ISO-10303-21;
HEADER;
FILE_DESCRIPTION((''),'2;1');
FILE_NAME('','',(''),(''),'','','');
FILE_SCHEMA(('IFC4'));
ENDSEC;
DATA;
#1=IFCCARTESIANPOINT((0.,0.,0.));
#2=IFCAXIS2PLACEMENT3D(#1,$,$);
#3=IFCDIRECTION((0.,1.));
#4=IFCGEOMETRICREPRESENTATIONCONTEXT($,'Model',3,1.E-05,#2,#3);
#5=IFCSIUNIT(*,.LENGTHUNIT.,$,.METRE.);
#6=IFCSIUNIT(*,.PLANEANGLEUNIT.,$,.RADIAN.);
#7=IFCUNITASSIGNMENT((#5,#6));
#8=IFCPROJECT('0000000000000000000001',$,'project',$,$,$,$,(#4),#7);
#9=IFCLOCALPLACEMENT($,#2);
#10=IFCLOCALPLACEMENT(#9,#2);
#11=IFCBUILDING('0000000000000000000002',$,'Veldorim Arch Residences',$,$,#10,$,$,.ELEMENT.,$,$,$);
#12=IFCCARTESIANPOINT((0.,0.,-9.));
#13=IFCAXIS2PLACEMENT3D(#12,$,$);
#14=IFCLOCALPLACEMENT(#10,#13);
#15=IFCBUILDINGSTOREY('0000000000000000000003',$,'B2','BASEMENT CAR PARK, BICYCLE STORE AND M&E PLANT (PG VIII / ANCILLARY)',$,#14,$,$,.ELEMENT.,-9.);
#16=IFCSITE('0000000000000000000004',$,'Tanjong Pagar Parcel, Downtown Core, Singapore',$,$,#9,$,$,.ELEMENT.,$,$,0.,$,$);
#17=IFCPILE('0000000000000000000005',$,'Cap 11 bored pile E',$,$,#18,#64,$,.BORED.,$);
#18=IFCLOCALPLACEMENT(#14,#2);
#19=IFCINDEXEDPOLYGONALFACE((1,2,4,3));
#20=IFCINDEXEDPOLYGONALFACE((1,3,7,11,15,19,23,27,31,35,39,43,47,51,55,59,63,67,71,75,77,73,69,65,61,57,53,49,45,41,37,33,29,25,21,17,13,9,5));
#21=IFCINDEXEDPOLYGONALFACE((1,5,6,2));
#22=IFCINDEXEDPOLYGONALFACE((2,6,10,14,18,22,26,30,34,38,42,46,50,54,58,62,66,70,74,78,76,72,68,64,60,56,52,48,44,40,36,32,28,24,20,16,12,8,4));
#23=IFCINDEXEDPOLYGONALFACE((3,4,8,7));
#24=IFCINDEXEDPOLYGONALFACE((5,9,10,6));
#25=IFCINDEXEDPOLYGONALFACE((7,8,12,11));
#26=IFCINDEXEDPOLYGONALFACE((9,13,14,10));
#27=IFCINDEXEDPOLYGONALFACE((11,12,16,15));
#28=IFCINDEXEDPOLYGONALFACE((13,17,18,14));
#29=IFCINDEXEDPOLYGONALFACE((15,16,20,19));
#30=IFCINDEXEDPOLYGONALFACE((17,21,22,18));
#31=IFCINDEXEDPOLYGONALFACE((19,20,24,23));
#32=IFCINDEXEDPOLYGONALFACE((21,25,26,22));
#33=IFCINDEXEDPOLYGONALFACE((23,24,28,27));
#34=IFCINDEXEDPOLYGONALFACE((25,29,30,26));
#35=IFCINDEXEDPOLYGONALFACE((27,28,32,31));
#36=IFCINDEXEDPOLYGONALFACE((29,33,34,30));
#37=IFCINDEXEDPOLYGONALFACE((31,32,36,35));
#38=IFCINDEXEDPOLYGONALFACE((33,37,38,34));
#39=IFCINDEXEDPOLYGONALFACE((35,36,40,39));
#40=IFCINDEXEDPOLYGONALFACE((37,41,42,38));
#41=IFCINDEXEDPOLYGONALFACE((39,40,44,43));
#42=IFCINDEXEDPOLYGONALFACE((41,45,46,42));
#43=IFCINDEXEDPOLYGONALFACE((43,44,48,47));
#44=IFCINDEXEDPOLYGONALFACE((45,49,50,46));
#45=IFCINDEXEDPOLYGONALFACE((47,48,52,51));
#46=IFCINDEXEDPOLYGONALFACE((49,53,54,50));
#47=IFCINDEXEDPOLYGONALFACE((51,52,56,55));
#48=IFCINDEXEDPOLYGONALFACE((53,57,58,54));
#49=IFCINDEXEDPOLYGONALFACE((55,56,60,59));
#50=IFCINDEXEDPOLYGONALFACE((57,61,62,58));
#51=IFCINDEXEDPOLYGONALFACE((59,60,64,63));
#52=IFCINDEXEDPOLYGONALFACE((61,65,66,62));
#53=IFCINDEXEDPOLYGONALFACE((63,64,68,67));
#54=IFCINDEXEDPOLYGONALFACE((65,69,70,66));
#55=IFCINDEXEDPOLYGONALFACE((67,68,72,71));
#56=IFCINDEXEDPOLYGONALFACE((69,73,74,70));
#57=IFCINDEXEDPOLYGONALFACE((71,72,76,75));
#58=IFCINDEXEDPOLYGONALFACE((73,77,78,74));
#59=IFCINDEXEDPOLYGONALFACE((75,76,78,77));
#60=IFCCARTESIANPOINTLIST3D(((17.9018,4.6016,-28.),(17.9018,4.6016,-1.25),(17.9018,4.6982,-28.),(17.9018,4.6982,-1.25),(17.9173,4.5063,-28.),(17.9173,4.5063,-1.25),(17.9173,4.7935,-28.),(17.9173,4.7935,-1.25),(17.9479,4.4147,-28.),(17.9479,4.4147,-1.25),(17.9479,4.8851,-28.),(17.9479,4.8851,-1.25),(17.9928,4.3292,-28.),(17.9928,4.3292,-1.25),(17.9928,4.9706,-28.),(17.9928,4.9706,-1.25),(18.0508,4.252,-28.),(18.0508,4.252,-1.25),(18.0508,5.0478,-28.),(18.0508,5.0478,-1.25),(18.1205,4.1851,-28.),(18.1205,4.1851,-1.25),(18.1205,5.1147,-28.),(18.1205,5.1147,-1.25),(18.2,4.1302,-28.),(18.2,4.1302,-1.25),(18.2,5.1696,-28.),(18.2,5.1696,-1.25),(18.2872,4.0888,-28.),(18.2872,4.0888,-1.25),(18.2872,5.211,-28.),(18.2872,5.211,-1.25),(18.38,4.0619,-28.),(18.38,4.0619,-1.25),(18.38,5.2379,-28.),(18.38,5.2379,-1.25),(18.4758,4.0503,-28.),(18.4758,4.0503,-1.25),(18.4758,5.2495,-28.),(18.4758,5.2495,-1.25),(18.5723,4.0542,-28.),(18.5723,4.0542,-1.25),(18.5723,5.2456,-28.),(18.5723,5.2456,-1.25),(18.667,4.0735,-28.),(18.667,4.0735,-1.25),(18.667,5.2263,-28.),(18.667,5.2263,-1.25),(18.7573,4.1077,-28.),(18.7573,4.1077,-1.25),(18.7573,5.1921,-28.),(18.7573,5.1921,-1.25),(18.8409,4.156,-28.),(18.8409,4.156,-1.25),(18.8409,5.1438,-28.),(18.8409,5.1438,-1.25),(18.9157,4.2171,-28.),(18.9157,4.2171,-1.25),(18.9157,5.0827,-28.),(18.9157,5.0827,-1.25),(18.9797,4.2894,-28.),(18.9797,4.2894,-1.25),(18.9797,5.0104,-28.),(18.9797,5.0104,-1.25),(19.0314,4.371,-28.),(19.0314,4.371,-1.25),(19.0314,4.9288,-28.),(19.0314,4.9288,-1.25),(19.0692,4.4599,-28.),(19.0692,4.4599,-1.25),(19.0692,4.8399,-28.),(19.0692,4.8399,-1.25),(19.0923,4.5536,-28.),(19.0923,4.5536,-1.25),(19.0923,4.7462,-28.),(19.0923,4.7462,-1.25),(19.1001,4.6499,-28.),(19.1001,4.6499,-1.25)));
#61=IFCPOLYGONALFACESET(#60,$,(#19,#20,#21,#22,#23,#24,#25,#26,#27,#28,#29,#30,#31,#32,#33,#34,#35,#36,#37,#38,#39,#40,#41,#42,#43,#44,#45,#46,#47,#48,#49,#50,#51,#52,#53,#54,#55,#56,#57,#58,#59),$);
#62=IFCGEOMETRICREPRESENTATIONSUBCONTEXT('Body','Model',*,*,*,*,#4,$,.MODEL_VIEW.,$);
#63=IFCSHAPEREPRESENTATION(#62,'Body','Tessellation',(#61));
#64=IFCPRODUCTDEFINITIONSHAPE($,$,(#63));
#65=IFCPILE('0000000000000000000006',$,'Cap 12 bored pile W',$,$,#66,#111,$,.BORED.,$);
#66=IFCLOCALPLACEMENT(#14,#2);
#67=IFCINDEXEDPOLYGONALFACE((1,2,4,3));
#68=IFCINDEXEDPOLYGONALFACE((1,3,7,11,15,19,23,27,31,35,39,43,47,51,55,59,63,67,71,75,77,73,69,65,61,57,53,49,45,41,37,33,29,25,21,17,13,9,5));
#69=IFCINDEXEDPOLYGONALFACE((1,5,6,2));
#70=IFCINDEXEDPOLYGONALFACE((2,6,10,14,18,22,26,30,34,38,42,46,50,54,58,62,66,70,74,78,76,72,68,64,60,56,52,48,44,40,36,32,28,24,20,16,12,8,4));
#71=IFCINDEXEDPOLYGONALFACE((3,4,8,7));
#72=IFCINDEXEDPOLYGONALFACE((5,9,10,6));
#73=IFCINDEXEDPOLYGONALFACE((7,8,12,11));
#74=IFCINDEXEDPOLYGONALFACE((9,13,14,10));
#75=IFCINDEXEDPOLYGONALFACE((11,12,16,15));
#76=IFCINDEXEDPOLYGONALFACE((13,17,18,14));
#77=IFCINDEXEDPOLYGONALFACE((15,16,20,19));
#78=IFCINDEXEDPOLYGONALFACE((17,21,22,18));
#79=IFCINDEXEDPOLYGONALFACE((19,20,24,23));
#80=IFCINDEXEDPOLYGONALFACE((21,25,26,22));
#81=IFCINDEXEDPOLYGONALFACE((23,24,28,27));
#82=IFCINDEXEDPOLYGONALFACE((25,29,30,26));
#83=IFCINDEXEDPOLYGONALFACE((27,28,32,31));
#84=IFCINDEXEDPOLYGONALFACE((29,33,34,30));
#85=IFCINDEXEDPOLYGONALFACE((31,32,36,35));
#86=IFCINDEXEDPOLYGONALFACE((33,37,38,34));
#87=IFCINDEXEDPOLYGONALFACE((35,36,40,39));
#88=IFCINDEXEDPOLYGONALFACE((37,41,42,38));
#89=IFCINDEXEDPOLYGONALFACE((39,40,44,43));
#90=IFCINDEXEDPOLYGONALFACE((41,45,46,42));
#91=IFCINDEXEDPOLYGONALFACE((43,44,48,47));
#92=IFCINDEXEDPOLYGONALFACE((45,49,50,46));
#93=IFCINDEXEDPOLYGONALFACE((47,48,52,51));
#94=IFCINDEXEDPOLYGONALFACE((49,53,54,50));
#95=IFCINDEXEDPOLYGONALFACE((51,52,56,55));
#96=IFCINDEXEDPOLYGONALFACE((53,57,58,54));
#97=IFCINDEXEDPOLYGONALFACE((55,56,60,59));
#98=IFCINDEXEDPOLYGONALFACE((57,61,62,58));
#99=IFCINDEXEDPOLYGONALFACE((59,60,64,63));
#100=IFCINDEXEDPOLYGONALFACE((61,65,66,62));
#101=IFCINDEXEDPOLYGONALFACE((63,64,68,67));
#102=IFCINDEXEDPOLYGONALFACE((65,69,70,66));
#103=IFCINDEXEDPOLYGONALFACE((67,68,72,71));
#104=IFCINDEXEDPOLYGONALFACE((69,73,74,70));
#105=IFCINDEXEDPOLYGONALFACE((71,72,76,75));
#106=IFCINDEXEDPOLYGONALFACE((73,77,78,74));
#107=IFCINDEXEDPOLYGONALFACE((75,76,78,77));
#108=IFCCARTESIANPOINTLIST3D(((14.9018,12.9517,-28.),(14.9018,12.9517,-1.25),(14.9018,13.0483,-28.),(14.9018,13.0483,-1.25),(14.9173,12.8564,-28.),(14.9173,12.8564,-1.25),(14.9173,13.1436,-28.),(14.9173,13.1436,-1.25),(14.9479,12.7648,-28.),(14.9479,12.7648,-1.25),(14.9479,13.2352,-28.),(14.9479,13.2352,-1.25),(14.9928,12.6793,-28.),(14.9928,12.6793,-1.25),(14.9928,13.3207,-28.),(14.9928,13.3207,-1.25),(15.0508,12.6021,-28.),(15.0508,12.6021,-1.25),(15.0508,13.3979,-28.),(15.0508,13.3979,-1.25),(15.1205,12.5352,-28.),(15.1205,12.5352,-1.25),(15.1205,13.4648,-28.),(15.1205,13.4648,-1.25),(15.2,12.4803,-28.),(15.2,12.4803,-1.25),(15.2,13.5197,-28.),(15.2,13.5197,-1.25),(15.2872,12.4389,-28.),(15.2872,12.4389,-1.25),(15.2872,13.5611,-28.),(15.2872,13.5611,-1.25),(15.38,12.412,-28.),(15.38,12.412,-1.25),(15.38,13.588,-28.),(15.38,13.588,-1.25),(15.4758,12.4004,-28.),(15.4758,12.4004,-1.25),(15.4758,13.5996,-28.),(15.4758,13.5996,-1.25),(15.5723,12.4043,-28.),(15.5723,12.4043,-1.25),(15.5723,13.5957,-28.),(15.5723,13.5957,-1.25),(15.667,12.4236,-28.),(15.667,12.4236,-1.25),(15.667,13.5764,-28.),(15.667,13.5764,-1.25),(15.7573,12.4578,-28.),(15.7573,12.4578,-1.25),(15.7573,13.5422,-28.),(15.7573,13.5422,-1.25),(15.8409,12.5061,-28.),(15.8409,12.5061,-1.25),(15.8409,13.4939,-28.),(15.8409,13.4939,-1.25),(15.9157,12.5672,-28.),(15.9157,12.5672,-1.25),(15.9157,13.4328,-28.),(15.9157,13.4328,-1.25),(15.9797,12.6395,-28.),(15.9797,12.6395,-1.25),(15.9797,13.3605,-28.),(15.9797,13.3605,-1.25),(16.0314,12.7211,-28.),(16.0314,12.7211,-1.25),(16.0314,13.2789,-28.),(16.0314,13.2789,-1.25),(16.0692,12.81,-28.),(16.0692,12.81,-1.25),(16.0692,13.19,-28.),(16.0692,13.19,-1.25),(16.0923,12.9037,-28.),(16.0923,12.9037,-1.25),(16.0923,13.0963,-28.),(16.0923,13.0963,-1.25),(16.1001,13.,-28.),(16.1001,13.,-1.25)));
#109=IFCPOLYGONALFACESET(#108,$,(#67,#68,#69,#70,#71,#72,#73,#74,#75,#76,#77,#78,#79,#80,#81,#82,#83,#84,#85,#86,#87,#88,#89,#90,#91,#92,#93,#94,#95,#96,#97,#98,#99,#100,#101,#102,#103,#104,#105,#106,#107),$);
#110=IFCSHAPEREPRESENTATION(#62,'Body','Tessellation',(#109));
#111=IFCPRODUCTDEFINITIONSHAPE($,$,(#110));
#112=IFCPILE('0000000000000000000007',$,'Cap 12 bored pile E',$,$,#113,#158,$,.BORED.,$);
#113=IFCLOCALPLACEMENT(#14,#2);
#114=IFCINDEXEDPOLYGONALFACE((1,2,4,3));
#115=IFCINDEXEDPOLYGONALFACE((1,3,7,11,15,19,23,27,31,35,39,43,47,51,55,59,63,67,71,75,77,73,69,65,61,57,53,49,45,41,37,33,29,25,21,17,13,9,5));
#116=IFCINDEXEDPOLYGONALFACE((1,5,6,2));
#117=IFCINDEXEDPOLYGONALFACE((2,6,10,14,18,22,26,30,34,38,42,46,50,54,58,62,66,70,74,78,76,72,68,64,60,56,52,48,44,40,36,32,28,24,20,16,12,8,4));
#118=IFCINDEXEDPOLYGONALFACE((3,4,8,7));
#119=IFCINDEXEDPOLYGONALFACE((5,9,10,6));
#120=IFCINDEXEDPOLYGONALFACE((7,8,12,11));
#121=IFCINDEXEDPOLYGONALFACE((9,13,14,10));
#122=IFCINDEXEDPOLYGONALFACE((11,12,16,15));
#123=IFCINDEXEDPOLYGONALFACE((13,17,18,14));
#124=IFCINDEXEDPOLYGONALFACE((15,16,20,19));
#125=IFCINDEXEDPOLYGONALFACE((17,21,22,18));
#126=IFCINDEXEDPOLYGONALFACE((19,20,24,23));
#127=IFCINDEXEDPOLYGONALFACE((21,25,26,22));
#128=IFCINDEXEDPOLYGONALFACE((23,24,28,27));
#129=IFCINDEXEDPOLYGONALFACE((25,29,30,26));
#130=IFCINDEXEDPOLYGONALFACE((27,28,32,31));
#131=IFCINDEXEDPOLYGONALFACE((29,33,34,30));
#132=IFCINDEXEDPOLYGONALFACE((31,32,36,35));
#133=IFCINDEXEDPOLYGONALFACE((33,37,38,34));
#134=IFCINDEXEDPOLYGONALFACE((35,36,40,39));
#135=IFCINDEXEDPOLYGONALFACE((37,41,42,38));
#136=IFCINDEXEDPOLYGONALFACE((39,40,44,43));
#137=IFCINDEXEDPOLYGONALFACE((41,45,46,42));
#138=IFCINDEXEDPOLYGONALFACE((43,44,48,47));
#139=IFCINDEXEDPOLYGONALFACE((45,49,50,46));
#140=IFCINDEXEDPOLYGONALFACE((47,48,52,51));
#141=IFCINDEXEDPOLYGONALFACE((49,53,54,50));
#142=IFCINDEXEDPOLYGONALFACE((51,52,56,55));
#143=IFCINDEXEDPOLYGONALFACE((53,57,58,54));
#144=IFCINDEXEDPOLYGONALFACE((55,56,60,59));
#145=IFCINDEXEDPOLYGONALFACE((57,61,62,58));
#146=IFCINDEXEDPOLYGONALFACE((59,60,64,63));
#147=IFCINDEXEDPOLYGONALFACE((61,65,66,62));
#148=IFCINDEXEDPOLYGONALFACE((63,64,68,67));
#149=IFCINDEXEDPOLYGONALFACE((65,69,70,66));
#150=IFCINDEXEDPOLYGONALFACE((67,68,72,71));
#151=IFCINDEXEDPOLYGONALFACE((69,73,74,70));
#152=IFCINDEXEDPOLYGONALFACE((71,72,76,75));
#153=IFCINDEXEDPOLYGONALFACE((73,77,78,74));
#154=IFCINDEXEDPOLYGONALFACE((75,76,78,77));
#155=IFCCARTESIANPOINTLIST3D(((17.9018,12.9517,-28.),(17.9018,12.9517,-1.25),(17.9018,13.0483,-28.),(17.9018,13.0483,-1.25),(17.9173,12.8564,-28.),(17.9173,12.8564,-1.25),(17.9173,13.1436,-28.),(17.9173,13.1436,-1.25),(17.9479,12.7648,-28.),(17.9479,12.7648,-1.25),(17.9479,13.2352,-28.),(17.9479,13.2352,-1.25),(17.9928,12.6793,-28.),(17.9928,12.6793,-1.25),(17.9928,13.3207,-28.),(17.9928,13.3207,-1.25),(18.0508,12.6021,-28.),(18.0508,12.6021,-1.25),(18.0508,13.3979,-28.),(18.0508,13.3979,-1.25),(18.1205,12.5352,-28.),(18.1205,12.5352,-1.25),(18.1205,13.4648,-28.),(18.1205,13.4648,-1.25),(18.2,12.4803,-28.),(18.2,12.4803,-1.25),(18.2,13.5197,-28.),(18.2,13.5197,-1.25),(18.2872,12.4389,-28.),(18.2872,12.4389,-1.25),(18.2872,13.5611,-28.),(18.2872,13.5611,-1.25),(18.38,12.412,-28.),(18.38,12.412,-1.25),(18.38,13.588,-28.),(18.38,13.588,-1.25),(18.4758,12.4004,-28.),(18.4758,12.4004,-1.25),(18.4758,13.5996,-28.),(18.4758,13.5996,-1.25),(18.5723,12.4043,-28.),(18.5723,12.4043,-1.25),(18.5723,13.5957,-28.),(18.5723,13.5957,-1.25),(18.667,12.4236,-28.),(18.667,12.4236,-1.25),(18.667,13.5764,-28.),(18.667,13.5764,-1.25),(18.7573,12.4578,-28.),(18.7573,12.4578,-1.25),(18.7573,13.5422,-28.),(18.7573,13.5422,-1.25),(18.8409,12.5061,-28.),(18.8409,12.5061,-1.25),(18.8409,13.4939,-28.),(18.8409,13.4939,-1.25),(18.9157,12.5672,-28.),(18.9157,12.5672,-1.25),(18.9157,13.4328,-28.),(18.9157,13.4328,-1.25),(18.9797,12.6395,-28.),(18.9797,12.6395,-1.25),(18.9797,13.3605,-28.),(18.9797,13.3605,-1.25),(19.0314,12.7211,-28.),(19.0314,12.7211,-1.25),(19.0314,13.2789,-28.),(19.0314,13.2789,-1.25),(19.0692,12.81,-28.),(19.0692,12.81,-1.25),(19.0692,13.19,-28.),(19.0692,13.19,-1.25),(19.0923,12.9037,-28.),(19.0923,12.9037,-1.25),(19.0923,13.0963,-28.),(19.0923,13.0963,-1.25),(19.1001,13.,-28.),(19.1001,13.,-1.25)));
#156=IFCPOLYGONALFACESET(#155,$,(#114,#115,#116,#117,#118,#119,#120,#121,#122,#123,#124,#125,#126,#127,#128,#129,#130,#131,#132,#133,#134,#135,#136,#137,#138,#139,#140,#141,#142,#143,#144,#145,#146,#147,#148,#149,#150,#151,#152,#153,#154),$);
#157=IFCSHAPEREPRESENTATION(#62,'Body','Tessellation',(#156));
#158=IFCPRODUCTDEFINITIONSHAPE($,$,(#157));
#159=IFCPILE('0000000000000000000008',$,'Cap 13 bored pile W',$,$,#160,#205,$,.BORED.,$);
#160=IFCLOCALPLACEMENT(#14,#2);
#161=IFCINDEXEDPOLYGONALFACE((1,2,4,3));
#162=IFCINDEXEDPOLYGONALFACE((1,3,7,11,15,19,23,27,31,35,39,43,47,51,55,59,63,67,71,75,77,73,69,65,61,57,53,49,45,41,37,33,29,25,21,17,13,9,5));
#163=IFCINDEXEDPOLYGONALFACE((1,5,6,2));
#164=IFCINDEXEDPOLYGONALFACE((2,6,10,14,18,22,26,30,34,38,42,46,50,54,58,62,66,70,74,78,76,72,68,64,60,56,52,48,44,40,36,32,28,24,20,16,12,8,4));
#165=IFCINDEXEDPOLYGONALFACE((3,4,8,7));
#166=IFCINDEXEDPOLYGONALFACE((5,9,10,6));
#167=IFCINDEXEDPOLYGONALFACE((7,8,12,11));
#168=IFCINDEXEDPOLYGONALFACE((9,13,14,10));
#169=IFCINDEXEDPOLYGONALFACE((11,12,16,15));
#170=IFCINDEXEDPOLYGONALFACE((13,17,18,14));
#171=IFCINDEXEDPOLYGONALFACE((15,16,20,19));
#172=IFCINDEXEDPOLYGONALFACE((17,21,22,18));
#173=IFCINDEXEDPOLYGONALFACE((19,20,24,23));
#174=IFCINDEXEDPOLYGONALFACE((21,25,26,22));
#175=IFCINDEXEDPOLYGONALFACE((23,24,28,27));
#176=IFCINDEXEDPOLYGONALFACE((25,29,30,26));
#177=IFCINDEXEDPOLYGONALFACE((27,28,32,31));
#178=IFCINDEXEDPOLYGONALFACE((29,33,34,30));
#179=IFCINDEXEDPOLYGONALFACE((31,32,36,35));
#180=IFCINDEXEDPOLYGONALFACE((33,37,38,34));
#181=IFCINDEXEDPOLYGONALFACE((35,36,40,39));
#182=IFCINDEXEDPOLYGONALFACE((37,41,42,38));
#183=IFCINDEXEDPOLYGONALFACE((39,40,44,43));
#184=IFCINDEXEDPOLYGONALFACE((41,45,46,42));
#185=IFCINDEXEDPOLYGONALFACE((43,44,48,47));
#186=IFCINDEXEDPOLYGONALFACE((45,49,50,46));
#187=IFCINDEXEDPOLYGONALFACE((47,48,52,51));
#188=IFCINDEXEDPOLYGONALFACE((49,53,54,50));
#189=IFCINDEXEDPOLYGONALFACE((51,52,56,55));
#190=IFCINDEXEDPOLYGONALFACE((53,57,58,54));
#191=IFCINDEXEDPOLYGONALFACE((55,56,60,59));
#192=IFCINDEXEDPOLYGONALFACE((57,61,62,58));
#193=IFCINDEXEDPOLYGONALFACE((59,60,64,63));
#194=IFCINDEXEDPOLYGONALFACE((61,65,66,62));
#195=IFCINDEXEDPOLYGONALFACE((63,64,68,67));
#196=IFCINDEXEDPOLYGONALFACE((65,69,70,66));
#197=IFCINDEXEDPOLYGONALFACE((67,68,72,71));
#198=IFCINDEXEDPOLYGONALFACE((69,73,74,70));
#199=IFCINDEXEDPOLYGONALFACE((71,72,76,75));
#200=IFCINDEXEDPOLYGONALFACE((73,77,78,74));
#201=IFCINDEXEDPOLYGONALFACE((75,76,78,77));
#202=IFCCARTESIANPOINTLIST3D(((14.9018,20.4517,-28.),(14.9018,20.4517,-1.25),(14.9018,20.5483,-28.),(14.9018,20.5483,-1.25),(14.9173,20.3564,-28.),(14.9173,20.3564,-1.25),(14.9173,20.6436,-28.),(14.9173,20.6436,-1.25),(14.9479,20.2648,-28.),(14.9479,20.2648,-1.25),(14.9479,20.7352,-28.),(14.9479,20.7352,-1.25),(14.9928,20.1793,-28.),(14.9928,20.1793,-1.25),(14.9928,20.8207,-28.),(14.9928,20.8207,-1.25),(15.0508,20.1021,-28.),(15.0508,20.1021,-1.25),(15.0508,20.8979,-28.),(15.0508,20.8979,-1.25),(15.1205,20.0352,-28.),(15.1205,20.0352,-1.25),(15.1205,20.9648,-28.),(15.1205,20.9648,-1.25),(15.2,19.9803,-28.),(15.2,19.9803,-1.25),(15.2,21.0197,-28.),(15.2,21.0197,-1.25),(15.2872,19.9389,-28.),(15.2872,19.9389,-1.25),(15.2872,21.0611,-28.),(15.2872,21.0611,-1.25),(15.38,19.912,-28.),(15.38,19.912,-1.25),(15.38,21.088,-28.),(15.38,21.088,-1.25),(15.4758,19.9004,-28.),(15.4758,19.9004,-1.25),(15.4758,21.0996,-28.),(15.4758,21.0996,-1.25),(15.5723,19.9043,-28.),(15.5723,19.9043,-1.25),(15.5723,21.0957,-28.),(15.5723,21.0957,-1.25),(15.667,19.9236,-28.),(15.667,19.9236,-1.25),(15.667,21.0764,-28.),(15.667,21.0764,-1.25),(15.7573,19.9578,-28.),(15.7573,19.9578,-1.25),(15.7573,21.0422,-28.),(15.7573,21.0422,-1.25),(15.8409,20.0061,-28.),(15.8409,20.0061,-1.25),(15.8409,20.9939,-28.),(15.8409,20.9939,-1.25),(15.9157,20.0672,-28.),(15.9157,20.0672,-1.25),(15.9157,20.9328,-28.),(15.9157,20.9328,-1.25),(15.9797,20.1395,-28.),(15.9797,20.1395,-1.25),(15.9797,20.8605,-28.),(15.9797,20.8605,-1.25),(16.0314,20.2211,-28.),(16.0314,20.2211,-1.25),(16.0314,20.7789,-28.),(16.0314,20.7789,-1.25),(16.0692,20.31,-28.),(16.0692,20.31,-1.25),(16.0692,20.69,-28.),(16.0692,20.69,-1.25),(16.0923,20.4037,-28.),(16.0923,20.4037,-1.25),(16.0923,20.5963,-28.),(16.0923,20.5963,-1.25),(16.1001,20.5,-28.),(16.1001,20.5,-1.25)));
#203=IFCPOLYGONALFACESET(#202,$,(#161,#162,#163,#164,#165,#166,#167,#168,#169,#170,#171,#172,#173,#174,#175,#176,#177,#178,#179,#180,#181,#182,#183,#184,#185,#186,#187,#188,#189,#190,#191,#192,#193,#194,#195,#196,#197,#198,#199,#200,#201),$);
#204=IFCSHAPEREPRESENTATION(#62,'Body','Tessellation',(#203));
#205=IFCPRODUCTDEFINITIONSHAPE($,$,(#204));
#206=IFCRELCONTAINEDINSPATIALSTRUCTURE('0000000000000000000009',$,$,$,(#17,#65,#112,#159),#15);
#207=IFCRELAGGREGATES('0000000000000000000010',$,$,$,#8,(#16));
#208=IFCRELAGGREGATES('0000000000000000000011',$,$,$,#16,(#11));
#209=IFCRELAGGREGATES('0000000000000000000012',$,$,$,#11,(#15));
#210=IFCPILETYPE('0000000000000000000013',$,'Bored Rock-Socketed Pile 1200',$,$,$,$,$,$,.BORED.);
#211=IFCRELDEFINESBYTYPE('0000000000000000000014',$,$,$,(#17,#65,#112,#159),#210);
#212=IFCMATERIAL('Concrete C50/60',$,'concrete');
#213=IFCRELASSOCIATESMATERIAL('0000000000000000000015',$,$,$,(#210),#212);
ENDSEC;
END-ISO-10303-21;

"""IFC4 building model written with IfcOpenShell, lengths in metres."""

from ifc_helpers import new_model, si_unit, direction, frame, origin, origin_2d, place, context, subcontext, project, spatial, circle, extrude, material, material_profile, profile_set, type_object, element, save


model = new_model("IFC4")

# Units and contexts
model_context = context("Model", 3, precision=1e-05, world=origin(), true_north=direction((0.0, 1.0)))
body_context = subcontext(model_context, "Body", "Model", "MODEL_VIEW")
ifc_project = project(units=[si_unit("LENGTHUNIT", "METRE"), si_unit("PLANEANGLEUNIT", "RADIAN")], contexts=[model_context])

# Site, building, storey
site_placement = place(None, origin())
site = spatial("IfcSite", under=ifc_project, at=site_placement, Name="Tanjong Pagar Parcel, Downtown Core, Singapore", CompositionType="ELEMENT", RefElevation=0.0)
building_placement = place(site_placement, origin())
building = spatial("IfcBuilding", under=site, at=building_placement, Name="Veldorim Arch Residences", CompositionType="ELEMENT")
storey_placement = place(building_placement, frame((0.0, 0.0, -9.0)))
storey = spatial("IfcBuildingStorey", under=building, at=storey_placement, Name="B2", Description="BASEMENT CAR PARK, BICYCLE STORE AND M&E PLANT (PG VIII / ANCILLARY)", CompositionType="ELEMENT", Elevation=-9.0)

# Piles
ifc_material_1 = material(Name="Concrete C50/60", Category="concrete")
ifc_material_profile_1 = material_profile(ifc_material_1, circle(Radius=0.6001, at=origin_2d()), Name="PILE_1200")
ifc_profile_set_1 = profile_set([ifc_material_profile_1], Name="Concrete C50/60")
pile_type = type_object("IfcPileType", Name="Bored Rock-Socketed Pile 1200", PredefinedType="BORED", material=ifc_profile_set_1)
for number, where, z_axis, x_axis, name in (
    (1, (18.5, 4.6499, -1.25), (0.0, 0.0, -1.0), (1.0, 0.0, 0.0), "Cap 11 bored pile E"),
    (2, (15.5, 13.0, -1.25), (0.0, 0.0, -1.0), (1.0, 0.0, 0.0), "Cap 12 bored pile W"),
    (3, (18.5, 13.0, -1.25), (0.0, 0.0, -1.0), (1.0, 0.0, 0.0), "Cap 12 bored pile E"),
    (4, (15.5, 20.5, -1.25), (0.0, 0.0, -1.0), (1.0, 0.0, 0.0), "Cap 13 bored pile W"),
):
    element("IfcPile", number, at=place(storey_placement, frame(where, z_axis=z_axis, x_axis=x_axis)), inside=storey, type_object=pile_type, Name=name, PredefinedType="BORED", context=body_context, shape_type="SweptSolid", body=[
        extrude(circle(Radius=0.6001, at=origin_2d()), origin(), (0.0, 0.0, 1.0), 26.75),
    ])

save(model, "model.ifc")
